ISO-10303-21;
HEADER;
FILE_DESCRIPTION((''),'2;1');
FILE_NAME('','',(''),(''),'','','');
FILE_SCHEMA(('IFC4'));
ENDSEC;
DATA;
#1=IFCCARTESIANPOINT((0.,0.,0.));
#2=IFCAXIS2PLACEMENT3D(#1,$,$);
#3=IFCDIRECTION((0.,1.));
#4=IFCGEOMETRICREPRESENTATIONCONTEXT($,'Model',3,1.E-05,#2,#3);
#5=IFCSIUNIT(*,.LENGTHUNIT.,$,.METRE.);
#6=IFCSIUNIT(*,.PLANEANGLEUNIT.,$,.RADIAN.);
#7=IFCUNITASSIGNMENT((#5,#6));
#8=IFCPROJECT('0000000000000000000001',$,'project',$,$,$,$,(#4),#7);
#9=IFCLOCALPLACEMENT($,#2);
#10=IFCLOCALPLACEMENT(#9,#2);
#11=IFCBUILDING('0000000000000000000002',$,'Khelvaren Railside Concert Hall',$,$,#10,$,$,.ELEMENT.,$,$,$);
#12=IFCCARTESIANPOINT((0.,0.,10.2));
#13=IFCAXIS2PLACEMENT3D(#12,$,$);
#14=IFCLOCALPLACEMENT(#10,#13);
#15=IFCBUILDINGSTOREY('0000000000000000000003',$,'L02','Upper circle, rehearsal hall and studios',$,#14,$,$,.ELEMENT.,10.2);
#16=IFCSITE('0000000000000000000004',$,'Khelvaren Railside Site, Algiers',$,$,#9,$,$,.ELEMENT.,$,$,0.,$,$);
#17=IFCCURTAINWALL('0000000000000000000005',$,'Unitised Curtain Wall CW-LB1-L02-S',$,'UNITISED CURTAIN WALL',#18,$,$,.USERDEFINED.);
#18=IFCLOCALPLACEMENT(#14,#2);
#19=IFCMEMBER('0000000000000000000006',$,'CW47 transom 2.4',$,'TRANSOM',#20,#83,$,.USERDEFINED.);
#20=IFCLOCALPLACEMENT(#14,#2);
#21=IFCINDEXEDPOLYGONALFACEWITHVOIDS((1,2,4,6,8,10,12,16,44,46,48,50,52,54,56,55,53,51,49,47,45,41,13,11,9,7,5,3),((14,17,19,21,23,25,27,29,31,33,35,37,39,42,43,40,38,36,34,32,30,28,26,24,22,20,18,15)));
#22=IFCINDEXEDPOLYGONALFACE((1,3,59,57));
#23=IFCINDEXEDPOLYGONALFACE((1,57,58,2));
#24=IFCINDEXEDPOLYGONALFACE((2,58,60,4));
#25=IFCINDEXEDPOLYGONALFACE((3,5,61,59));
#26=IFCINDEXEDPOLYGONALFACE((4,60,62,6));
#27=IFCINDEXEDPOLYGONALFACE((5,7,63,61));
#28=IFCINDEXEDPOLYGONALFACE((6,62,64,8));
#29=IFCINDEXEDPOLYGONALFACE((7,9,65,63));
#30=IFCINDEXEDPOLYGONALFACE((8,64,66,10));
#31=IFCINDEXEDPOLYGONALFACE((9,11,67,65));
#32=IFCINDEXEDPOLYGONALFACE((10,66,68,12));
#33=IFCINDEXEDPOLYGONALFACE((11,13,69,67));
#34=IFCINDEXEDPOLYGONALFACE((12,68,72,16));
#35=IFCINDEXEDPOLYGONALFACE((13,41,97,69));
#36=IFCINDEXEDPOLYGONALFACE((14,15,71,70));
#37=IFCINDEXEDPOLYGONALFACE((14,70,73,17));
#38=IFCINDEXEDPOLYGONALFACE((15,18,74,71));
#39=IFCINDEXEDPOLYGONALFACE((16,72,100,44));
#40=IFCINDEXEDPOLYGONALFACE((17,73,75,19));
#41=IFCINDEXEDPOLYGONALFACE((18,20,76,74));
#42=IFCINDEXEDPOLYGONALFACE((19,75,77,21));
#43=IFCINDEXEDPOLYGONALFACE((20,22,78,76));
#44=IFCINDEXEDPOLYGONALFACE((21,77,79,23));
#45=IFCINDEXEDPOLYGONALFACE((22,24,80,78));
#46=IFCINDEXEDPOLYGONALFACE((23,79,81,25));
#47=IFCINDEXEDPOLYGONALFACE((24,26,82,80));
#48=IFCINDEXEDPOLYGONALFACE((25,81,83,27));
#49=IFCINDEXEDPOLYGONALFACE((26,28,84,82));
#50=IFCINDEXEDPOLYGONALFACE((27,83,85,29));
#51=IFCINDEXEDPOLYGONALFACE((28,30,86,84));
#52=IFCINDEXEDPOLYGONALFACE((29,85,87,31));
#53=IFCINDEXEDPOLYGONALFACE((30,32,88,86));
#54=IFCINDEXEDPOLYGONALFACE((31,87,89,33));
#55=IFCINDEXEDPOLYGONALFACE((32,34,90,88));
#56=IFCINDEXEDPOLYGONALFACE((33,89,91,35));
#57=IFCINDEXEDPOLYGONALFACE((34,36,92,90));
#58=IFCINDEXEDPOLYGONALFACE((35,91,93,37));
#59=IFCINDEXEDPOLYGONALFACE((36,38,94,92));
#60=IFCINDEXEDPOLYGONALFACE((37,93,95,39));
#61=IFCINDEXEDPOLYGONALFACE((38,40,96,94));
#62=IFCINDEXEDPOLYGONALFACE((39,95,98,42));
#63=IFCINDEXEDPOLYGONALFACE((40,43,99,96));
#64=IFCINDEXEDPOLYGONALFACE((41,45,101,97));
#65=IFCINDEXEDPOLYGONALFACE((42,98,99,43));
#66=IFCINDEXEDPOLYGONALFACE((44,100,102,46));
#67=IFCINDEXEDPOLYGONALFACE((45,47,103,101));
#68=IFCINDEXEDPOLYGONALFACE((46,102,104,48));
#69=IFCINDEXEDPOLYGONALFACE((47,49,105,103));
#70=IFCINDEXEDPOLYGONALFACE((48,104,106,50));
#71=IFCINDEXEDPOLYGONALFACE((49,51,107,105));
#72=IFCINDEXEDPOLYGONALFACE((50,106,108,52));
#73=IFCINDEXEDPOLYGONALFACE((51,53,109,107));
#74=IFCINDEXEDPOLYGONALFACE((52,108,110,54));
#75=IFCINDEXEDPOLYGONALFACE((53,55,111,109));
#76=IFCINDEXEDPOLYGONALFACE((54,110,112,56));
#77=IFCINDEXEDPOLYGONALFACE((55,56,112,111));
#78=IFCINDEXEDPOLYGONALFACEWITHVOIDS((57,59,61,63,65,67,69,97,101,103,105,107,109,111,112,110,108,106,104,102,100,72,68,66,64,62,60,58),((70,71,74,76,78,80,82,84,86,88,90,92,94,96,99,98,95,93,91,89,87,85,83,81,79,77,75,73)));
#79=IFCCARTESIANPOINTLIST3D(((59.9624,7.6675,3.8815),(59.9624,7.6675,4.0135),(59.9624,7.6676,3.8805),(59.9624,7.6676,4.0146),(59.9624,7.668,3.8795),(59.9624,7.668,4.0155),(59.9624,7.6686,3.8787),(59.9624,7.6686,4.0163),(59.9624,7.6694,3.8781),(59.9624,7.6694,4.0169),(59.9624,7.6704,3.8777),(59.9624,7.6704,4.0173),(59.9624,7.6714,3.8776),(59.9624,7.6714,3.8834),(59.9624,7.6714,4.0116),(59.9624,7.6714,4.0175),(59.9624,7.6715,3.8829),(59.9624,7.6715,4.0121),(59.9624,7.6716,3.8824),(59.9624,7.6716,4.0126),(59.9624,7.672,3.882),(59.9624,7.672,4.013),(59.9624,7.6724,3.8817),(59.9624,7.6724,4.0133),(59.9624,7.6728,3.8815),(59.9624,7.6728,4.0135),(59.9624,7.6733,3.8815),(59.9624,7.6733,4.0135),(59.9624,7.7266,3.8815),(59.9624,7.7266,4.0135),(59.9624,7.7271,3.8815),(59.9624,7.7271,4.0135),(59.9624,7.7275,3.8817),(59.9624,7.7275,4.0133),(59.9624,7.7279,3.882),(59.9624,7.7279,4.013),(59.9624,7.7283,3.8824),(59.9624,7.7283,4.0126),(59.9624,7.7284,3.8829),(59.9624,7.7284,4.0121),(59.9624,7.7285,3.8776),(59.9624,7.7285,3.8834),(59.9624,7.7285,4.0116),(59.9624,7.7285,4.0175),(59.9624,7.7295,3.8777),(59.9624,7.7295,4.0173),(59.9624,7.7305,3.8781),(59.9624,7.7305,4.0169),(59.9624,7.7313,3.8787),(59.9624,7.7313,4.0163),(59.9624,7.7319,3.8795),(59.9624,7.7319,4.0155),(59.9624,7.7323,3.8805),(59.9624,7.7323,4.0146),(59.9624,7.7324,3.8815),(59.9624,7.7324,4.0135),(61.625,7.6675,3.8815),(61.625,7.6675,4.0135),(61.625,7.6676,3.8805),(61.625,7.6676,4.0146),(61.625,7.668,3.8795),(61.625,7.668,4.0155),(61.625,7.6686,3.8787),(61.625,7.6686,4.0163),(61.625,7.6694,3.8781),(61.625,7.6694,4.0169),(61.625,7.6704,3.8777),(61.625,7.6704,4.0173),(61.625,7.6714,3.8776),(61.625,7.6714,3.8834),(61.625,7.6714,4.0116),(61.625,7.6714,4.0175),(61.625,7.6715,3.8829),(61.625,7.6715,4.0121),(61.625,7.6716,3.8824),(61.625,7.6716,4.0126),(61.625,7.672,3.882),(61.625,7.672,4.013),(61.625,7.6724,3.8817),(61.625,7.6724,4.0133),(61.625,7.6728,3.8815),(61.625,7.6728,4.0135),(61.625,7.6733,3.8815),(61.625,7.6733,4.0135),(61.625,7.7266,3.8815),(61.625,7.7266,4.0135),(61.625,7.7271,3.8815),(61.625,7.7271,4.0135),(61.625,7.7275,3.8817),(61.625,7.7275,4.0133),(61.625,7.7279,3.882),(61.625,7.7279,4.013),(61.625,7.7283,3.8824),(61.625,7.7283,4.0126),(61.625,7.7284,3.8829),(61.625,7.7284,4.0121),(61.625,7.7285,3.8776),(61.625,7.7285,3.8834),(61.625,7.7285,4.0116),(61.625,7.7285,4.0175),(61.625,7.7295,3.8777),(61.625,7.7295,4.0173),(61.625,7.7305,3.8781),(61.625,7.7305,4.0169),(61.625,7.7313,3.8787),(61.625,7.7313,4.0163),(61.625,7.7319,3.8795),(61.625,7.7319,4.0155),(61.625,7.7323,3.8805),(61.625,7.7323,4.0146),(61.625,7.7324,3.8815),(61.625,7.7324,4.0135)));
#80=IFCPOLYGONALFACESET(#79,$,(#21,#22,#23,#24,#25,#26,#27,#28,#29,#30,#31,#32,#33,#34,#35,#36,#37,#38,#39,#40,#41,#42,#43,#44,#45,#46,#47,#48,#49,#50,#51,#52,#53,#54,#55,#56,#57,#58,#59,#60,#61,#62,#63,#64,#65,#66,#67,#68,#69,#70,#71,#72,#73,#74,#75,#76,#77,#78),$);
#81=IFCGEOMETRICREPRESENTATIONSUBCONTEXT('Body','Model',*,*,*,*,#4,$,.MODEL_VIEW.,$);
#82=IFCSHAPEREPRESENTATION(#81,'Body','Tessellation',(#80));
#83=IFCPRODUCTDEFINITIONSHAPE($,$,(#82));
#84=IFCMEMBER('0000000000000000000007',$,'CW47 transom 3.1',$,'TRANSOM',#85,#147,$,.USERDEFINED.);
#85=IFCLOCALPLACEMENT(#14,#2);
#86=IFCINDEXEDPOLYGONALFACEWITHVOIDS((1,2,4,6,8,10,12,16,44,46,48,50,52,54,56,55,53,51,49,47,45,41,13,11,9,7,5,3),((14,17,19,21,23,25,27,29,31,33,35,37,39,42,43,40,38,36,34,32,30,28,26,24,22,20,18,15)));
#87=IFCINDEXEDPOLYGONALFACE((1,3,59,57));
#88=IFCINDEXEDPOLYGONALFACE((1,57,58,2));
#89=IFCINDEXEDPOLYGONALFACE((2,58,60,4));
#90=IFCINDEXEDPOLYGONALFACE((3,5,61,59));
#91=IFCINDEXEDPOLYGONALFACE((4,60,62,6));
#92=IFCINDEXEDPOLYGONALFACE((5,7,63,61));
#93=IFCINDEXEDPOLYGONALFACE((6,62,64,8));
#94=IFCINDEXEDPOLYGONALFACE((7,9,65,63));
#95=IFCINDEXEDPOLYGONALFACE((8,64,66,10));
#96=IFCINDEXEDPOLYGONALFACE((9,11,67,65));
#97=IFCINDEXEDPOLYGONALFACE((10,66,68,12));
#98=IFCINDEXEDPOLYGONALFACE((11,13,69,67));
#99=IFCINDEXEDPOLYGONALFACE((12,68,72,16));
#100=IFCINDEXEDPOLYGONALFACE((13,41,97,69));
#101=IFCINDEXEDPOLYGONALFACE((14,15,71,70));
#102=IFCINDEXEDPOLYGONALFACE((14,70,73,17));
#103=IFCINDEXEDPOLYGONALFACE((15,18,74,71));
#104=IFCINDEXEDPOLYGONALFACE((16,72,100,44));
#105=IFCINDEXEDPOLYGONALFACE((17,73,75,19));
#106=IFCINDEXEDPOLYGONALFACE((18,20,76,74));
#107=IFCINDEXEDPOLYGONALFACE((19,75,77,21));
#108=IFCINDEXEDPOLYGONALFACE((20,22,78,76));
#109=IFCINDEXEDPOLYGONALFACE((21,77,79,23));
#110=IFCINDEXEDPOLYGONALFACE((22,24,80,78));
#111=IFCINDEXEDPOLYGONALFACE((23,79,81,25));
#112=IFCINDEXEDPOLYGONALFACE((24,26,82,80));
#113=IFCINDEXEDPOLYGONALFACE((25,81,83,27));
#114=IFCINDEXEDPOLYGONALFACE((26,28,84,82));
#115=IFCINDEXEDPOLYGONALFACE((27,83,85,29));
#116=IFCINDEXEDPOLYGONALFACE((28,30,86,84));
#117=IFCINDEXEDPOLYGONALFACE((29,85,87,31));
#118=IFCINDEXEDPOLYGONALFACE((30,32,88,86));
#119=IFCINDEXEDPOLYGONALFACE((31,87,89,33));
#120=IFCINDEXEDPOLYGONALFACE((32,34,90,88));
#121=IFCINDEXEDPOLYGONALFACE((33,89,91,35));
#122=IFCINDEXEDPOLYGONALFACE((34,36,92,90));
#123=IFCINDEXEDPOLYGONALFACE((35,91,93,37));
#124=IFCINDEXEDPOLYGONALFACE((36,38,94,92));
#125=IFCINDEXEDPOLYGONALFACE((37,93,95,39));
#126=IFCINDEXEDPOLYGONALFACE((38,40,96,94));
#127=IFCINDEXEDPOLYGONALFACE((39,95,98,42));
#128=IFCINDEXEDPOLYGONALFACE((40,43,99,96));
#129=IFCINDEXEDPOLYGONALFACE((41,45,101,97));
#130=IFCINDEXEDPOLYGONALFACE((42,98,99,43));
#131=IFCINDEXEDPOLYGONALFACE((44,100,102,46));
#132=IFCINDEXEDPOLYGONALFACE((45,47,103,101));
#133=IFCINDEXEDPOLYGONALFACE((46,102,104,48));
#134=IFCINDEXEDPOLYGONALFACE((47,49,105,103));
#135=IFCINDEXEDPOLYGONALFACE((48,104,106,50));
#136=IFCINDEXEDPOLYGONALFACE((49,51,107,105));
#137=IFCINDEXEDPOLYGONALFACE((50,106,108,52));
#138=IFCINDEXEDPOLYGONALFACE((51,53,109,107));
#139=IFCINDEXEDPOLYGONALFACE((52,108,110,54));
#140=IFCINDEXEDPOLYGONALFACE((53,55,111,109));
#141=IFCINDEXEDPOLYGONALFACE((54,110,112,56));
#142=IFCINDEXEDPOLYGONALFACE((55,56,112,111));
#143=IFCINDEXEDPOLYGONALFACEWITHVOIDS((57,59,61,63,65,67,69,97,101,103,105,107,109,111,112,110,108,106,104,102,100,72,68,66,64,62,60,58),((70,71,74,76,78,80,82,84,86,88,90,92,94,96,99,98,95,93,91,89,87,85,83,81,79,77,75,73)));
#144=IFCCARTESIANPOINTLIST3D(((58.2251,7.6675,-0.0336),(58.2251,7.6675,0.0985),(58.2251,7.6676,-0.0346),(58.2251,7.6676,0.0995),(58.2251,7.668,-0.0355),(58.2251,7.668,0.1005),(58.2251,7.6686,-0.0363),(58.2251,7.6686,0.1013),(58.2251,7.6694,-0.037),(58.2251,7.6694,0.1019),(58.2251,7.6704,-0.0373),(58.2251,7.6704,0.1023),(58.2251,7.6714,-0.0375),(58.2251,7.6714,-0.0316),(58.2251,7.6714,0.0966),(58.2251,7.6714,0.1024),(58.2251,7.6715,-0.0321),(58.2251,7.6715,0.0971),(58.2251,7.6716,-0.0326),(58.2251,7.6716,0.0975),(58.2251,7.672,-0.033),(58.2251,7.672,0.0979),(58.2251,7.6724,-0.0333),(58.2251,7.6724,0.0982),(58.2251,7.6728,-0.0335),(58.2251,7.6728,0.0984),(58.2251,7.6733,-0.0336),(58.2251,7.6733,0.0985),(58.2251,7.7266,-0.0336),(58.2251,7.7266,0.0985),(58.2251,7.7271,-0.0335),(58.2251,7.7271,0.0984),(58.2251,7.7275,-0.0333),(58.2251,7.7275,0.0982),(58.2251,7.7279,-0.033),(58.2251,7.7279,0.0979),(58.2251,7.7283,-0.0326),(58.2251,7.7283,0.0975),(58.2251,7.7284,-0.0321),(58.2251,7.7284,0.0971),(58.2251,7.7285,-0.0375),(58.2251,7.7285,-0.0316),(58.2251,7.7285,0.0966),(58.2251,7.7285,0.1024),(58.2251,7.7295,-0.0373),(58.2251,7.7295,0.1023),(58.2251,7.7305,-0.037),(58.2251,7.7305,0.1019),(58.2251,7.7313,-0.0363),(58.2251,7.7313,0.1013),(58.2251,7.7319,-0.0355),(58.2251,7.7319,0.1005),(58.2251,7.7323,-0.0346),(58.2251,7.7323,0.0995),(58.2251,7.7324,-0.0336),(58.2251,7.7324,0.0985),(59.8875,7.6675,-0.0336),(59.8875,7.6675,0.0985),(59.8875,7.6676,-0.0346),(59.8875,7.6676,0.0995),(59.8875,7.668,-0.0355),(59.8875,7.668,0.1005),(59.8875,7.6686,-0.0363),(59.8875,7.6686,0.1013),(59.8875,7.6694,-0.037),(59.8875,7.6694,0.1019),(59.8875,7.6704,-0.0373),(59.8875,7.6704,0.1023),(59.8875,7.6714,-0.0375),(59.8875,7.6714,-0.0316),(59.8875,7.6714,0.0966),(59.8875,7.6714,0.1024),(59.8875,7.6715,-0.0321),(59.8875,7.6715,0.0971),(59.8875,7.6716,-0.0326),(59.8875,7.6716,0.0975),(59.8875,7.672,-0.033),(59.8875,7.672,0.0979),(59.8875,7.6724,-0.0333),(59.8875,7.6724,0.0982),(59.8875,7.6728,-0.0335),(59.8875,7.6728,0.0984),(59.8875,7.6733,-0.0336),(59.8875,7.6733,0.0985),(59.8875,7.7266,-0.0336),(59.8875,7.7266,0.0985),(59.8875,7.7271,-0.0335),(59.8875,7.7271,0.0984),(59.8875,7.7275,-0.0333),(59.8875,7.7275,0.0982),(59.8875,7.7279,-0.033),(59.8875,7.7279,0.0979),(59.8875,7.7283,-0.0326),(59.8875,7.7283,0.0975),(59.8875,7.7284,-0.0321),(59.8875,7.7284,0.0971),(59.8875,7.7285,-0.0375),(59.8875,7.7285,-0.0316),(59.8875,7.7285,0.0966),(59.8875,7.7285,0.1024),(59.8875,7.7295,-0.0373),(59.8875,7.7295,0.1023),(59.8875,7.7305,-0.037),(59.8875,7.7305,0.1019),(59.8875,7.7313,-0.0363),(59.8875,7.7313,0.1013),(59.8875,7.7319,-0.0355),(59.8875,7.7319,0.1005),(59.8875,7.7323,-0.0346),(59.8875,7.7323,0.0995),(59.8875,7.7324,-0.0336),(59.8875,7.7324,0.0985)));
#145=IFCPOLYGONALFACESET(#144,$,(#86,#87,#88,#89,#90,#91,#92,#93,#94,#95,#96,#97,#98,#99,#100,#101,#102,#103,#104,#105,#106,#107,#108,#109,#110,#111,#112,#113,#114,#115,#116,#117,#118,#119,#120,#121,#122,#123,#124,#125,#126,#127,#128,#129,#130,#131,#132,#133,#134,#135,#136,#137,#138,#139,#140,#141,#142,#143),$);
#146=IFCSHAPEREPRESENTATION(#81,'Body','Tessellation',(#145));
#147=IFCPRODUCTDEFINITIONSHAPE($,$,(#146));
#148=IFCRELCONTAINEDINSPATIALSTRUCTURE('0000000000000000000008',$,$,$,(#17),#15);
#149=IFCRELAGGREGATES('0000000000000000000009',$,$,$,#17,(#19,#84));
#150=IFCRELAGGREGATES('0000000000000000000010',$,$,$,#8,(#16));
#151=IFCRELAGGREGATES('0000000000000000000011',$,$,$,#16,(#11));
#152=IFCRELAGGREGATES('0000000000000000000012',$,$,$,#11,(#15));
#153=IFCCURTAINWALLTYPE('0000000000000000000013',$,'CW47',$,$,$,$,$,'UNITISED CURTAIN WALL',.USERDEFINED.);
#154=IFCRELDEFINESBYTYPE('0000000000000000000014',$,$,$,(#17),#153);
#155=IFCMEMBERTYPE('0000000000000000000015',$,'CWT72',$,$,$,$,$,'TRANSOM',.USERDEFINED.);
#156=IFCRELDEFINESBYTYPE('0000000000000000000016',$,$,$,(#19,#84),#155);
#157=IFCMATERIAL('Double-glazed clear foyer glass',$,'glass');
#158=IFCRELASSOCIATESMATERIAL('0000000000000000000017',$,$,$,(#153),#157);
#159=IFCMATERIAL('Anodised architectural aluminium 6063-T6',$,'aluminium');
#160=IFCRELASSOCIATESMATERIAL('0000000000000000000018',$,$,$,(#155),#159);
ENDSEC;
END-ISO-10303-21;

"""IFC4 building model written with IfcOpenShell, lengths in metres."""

from ifc_helpers import new_model, si_unit, direction, frame, origin, origin_2d, place, context, subcontext, project, spatial, hollow_rectangle, extrude, material, material_profile, profile_set, type_object, element, aggregate, save


model = new_model("IFC4")

# Units and contexts
model_context = context("Model", 3, precision=1e-05, world=origin(), true_north=direction((0.0, 1.0)))
body_context = subcontext(model_context, "Body", "Model", "MODEL_VIEW")
ifc_project = project(units=[si_unit("LENGTHUNIT", "METRE"), si_unit("PLANEANGLEUNIT", "RADIAN")], contexts=[model_context])

# Site, building, storey
site_placement = place(None, origin())
site = spatial("IfcSite", under=ifc_project, at=site_placement, Name="Khelvaren Railside Site, Algiers", CompositionType="ELEMENT", RefElevation=0.0)
building_placement = place(site_placement, origin())
building = spatial("IfcBuilding", under=site, at=building_placement, Name="Khelvaren Railside Concert Hall", CompositionType="ELEMENT")
storey_placement = place(building_placement, frame((0.0, 0.0, 10.2)))
storey = spatial("IfcBuildingStorey", under=building, at=storey_placement, Name="L02", Description="Upper circle, rehearsal hall and studios", CompositionType="ELEMENT", Elevation=10.2)

# Curtain wall, members
ifc_material_1 = material(Name="Double-glazed clear foyer glass", Category="glass")
curtain_wall_type = type_object("IfcCurtainWallType", Name="CW47", ElementType="UNITISED CURTAIN WALL", PredefinedType="USERDEFINED", material=ifc_material_1)
curtain_wall_placement = place(storey_placement, origin())
curtain_wall = element("IfcCurtainWall", 1, at=curtain_wall_placement, inside=storey, type_object=curtain_wall_type, Name="Unitised Curtain Wall CW-LB1-L02-S", ObjectType="UNITISED CURTAIN WALL", PredefinedType="USERDEFINED")
ifc_material_2 = material(Name="Anodised architectural aluminium 6063-T6", Category="aluminium")
ifc_material_profile_1 = material_profile(ifc_material_2, hollow_rectangle(XDim=0.0649, YDim=0.1399, WallThickness=0.0039, InnerFilletRadius=0.002, OuterFilletRadius=0.0039, at=origin_2d()), Name="CWT 65x140x4")
ifc_profile_set_1 = profile_set([ifc_material_profile_1], Name="Anodised architectural aluminium 6063-T6")
member_type_1 = type_object("IfcMemberType", Name="CWT72", ElementType="TRANSOM", PredefinedType="USERDEFINED", material=ifc_profile_set_1)
member_1_placement = place(storey_placement, frame((61.625, 7.7, 3.9475), z_axis=(-1.0, 0.0, 0.0), x_axis=(0.0, -1.0, 0.0)))
member_1 = element("IfcMember", 2, at=member_1_placement, type_object=member_type_1, Name="CW47 transom 2.4", ObjectType="TRANSOM", PredefinedType="USERDEFINED", context=body_context, shape_type="SweptSolid", body=[
    extrude(hollow_rectangle(XDim=0.0649, YDim=0.1399, WallThickness=0.0039, InnerFilletRadius=0.002, OuterFilletRadius=0.0039, at=origin_2d()), origin(), (0.0, 0.0, 1.0), 1.6626),
])
member_2_placement = place(storey_placement, frame((59.8875, 7.7, 0.0325), z_axis=(-1.0, 0.0, 0.0), x_axis=(0.0, -1.0, 0.0)))
member_2 = element("IfcMember", 3, at=member_2_placement, type_object=member_type_1, Name="CW47 transom 3.1", ObjectType="TRANSOM", PredefinedType="USERDEFINED", context=body_context, shape_type="SweptSolid", body=[
    extrude(hollow_rectangle(XDim=0.0649, YDim=0.1399, WallThickness=0.0039, InnerFilletRadius=0.002, OuterFilletRadius=0.0039, at=origin_2d()), origin(), (0.0, 0.0, 1.0), 1.6624),
])

aggregate(curtain_wall, [member_1, member_2])

save(model, "model.ifc")
